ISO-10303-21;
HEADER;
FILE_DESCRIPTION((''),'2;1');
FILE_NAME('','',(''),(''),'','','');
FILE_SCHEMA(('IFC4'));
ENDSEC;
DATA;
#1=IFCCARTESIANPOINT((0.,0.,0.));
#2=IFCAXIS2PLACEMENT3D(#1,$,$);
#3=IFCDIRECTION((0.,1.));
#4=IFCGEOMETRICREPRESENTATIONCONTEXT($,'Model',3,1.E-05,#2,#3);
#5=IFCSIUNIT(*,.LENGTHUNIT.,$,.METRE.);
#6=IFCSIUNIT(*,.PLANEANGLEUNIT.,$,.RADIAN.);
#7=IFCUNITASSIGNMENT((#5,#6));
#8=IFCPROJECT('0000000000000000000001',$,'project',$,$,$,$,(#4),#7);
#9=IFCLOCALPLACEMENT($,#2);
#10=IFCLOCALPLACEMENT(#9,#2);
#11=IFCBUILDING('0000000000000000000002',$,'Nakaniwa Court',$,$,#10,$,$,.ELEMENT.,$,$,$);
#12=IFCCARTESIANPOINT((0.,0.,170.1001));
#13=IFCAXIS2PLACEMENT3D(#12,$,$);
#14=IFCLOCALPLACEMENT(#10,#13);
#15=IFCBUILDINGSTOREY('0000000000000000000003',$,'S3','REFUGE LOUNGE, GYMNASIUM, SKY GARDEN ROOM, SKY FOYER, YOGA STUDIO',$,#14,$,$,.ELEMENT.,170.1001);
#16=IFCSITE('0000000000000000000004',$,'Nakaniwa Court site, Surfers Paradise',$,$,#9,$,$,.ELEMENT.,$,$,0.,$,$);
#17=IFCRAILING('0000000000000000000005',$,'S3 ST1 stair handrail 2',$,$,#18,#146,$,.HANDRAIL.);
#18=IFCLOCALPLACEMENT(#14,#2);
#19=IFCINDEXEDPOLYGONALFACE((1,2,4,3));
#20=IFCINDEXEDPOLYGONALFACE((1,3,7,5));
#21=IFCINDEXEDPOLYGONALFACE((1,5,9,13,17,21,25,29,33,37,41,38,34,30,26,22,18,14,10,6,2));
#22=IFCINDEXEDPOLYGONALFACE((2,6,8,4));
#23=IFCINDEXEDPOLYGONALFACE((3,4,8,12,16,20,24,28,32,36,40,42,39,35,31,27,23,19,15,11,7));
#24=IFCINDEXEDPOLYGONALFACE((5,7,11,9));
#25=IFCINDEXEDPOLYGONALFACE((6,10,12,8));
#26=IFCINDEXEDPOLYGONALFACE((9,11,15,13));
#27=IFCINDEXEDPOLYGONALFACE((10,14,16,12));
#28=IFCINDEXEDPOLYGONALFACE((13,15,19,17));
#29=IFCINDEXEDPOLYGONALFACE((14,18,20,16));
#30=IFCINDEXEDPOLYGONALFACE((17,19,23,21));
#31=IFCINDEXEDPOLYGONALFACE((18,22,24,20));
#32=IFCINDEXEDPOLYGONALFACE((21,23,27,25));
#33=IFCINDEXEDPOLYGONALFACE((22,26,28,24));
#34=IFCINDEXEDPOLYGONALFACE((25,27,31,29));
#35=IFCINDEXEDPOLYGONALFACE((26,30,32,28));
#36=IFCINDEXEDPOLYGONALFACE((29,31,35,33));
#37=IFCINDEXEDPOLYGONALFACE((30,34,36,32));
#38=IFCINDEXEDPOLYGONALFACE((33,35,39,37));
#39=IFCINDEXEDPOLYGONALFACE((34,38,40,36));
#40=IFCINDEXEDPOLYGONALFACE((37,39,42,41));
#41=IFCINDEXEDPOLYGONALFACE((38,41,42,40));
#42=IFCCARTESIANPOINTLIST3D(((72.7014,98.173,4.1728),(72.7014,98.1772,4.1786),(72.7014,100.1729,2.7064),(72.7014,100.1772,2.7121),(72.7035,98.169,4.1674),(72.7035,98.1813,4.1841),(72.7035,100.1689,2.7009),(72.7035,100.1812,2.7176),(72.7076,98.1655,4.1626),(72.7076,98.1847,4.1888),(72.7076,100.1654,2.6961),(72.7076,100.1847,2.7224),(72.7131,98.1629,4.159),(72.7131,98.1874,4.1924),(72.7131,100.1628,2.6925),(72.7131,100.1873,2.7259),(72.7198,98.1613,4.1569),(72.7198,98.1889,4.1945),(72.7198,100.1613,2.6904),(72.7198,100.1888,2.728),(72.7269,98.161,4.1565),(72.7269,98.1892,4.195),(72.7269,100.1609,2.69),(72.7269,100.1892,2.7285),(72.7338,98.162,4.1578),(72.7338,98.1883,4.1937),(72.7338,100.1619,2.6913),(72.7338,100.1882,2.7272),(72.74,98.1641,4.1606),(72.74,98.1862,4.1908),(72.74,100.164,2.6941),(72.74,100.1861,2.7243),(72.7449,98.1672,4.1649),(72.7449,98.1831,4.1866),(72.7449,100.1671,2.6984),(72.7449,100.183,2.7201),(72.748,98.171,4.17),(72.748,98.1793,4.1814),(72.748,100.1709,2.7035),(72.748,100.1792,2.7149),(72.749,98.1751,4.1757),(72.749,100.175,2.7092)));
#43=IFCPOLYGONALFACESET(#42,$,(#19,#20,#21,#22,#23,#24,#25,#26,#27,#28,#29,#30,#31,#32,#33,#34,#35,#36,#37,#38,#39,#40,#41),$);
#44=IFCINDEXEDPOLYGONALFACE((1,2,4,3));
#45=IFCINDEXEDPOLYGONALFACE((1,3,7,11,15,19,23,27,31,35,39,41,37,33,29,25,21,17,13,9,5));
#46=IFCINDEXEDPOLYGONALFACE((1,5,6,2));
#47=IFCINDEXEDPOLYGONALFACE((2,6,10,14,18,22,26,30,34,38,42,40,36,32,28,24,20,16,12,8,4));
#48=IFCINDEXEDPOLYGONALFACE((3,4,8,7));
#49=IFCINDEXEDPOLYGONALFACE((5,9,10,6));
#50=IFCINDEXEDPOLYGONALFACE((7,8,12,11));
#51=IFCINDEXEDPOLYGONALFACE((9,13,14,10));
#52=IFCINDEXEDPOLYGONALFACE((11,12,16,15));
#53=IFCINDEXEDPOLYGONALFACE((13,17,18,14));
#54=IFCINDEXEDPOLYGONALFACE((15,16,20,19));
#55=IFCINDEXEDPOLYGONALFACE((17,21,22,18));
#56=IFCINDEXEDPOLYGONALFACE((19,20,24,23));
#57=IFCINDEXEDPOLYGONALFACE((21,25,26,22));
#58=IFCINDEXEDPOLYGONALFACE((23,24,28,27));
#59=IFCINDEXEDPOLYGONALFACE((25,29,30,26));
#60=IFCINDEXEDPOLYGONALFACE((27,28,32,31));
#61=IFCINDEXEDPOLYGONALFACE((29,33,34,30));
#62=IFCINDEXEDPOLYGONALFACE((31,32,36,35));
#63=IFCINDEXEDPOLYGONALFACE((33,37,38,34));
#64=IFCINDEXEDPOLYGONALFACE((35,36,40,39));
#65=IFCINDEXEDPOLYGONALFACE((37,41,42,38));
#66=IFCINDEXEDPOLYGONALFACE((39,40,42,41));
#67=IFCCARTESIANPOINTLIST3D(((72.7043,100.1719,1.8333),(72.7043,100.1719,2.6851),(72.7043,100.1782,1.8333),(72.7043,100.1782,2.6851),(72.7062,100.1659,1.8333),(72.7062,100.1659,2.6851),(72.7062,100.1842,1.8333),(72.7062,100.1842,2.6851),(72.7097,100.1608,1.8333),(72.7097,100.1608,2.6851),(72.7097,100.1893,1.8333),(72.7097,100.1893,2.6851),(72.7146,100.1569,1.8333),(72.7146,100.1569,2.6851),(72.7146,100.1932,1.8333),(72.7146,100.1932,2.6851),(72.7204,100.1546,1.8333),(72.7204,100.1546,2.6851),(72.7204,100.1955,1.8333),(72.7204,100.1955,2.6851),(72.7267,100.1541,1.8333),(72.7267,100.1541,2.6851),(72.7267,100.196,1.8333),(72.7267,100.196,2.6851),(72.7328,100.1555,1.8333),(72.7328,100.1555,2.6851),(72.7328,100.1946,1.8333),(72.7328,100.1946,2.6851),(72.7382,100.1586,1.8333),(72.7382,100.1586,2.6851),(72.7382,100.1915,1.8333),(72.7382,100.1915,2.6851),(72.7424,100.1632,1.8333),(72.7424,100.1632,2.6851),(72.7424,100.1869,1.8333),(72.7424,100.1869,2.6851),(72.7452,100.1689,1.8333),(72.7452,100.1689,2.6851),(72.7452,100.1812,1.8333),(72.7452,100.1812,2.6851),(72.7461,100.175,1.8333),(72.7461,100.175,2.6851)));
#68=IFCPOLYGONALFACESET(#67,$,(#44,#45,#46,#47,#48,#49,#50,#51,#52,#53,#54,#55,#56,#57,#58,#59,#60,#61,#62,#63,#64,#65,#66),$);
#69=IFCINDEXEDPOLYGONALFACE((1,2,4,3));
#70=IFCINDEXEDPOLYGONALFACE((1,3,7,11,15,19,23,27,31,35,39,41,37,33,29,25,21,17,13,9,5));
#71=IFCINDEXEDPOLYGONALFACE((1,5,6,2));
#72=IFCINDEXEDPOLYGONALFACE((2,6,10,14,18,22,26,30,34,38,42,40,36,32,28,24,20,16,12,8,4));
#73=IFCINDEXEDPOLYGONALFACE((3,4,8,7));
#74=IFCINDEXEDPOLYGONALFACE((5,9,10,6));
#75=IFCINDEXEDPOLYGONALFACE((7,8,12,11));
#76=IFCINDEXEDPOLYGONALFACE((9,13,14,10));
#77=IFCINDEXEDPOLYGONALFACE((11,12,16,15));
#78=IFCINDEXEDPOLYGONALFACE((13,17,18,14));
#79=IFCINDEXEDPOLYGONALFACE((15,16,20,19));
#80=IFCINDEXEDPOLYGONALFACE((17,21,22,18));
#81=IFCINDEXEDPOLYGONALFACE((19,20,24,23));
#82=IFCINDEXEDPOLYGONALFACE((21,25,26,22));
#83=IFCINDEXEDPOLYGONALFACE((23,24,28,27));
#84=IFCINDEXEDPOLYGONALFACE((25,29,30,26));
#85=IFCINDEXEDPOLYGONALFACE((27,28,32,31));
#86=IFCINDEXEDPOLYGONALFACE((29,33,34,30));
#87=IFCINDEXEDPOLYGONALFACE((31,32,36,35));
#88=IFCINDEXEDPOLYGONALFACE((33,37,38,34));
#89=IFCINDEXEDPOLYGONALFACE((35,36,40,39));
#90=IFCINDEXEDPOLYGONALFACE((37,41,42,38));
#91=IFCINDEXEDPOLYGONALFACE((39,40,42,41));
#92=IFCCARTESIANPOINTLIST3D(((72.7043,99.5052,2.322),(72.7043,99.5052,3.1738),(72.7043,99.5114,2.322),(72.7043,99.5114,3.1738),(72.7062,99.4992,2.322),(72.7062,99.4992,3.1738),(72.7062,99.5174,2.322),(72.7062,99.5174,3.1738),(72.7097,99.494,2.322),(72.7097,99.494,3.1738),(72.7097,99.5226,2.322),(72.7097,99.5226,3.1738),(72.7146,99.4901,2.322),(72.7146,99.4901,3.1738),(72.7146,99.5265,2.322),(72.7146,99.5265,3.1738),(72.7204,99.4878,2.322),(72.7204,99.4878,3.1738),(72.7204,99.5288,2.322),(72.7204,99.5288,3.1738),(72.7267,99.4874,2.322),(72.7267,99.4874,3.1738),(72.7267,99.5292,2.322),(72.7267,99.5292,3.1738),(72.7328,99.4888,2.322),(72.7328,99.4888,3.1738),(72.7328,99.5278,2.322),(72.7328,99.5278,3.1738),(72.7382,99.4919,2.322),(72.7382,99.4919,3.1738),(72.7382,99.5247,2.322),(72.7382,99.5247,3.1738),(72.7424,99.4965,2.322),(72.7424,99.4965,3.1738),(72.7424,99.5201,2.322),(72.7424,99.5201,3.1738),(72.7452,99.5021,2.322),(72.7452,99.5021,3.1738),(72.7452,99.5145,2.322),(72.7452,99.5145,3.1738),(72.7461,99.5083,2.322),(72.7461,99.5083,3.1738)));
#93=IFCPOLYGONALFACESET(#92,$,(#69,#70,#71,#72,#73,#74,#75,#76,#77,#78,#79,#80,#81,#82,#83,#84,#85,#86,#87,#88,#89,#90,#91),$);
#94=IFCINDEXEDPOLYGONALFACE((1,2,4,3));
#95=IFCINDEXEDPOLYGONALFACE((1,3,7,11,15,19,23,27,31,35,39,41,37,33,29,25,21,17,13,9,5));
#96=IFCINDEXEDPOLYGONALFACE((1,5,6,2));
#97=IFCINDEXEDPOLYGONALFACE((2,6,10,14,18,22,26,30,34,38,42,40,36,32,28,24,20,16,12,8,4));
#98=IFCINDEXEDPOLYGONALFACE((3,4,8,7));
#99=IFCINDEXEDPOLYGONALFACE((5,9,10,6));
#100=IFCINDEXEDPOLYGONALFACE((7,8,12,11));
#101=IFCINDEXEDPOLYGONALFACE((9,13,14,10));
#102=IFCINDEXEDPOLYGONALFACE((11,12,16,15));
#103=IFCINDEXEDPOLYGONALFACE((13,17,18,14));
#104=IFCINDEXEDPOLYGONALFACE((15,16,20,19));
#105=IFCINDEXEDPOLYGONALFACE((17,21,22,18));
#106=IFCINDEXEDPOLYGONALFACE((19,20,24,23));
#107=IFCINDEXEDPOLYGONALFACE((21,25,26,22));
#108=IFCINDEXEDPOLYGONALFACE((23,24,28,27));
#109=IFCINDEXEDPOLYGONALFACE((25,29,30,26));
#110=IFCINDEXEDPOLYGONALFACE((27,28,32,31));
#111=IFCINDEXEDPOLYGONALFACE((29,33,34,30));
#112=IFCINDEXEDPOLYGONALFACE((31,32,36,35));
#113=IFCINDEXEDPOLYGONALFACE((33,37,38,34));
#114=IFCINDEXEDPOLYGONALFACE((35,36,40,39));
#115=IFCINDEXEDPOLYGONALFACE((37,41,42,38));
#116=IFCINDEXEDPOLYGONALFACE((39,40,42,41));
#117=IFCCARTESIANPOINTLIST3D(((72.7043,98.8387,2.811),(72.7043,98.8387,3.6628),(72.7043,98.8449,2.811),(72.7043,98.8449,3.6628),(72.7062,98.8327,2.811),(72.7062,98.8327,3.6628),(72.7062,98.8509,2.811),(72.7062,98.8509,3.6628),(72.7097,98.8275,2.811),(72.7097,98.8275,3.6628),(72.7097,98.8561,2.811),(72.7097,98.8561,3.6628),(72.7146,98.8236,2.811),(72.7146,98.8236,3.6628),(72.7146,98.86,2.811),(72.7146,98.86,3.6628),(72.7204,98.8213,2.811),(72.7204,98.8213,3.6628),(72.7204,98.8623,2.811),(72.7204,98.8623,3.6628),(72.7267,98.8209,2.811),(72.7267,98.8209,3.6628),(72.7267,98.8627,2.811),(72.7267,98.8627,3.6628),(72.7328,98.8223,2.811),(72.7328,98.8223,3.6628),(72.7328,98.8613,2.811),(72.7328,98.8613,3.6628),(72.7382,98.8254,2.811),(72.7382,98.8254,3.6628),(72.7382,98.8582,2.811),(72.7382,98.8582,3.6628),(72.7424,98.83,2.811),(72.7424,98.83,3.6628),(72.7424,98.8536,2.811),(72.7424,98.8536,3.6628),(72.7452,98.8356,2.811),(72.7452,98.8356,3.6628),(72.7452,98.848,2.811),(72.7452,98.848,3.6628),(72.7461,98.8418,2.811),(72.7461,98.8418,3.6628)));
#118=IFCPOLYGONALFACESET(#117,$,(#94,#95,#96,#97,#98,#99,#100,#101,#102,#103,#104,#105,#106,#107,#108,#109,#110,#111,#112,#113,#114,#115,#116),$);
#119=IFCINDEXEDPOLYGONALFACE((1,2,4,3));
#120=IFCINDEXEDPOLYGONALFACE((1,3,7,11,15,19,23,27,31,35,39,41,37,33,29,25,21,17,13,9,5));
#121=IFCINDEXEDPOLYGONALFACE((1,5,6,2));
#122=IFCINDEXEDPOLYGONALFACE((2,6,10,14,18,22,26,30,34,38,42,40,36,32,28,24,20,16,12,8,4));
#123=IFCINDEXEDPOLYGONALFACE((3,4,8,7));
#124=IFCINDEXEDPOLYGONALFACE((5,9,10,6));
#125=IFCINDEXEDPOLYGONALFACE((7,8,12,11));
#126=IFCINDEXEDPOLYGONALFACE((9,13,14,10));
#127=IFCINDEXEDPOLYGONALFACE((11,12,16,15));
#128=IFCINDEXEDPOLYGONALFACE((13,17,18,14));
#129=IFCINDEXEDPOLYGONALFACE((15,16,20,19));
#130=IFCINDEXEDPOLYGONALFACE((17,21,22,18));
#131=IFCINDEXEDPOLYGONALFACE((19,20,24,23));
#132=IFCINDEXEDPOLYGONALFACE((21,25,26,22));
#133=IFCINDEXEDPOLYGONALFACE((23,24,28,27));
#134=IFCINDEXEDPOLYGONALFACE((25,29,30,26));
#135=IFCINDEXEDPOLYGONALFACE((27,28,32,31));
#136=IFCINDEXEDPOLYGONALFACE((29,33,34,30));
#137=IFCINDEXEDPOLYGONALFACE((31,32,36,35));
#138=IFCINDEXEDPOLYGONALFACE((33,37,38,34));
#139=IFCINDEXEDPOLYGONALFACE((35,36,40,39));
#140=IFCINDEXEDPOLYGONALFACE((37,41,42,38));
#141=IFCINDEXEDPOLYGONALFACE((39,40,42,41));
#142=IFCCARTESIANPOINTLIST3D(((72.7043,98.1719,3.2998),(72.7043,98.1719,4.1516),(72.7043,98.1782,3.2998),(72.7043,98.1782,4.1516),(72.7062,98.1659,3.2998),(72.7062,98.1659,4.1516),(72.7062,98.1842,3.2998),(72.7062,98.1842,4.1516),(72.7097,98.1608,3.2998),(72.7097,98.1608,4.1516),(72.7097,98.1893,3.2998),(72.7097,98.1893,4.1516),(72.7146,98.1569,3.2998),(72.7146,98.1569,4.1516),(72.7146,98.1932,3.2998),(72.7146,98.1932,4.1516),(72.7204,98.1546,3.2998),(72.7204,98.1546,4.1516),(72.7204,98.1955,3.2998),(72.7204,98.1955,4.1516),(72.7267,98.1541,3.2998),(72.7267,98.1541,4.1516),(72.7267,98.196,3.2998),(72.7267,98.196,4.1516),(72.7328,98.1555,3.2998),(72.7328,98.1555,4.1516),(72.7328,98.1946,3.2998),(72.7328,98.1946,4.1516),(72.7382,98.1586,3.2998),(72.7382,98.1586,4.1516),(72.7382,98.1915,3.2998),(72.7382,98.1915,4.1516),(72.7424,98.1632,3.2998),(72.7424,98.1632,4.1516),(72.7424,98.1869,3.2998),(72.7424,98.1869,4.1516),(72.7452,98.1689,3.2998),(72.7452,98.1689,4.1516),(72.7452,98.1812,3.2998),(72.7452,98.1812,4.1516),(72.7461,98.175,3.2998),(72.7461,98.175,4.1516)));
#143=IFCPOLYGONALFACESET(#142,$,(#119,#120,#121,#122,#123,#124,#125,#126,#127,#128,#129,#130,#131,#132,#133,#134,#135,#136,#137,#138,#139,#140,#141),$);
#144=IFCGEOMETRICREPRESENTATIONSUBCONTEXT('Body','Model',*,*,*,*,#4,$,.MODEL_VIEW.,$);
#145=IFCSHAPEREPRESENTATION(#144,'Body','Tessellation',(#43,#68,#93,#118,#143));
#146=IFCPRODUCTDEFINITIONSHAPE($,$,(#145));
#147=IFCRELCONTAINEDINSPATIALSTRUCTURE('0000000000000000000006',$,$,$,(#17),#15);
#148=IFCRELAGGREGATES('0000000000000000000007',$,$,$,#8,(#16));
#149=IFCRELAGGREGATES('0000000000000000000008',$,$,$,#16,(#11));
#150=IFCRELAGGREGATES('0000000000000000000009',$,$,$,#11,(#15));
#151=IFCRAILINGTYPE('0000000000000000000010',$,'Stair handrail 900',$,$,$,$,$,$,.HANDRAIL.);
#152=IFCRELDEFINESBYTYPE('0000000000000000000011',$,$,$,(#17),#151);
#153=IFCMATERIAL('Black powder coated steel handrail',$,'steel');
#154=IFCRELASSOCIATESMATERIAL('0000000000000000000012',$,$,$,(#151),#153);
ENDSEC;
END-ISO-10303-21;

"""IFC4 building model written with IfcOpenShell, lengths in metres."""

from ifc_helpers import new_model, si_unit, direction, frame, origin, origin_2d, place, context, subcontext, project, spatial, circle, extrude, material, type_object, element, save


model = new_model("IFC4")

# Units and contexts
model_context = context("Model", 3, precision=1e-05, world=origin(), true_north=direction((0.0, 1.0)))
body_context = subcontext(model_context, "Body", "Model", "MODEL_VIEW")
ifc_project = project(units=[si_unit("LENGTHUNIT", "METRE"), si_unit("PLANEANGLEUNIT", "RADIAN")], contexts=[model_context])

# Site, building, storey
site_placement = place(None, origin())
site = spatial("IfcSite", under=ifc_project, at=site_placement, Name="Nakaniwa Court site, Surfers Paradise", CompositionType="ELEMENT", RefElevation=0.0)
building_placement = place(site_placement, origin())
building = spatial("IfcBuilding", under=site, at=building_placement, Name="Nakaniwa Court", CompositionType="ELEMENT")
storey_placement = place(building_placement, frame((0.0, 0.0, 170.1001)))
storey = spatial("IfcBuildingStorey", under=building, at=storey_placement, Name="S3", Description="REFUGE LOUNGE, GYMNASIUM, SKY GARDEN ROOM, SKY FOYER, YOGA STUDIO", CompositionType="ELEMENT", Elevation=170.1001)

# Railing
ifc_material_1 = material(Name="Black powder coated steel handrail", Category="steel")
railing_type_1 = type_object("IfcRailingType", Name="Stair handrail 900", PredefinedType="HANDRAIL", material=ifc_material_1)
for number, where, name in (
    (1, (72.7251, 100.175, 1.8333), "S3 ST1 stair handrail 2"),
):
    element("IfcRailing", number, at=place(storey_placement, frame(where)), inside=storey, type_object=railing_type_1, Name=name, PredefinedType="HANDRAIL", context=body_context, shape_type="SweptSolid", body=[
        extrude(circle(Radius=0.0239, at=origin_2d()), frame((0.0, 0.0, 0.876), z_axis=(0.0, -0.806427, 0.591334), x_axis=(1.0, 0.0, 0.0)), (0.0, 0.0, 1.0), 2.48),
        extrude(circle(Radius=0.021, at=origin_2d()), origin(), (0.0, 0.0, 1.0), 0.8518),
        extrude(circle(Radius=0.021, at=origin_2d()), frame((0.0, -0.6667, 0.4888)), (0.0, 0.0, 1.0), 0.8518),
        extrude(circle(Radius=0.021, at=origin_2d()), frame((0.0, -1.3333, 0.9778)), (0.0, 0.0, 1.0), 0.8518),
        extrude(circle(Radius=0.021, at=origin_2d()), frame((0.0, -2.0, 1.4666)), (0.0, 0.0, 1.0), 0.8518),
    ])

save(model, "model.ifc")
